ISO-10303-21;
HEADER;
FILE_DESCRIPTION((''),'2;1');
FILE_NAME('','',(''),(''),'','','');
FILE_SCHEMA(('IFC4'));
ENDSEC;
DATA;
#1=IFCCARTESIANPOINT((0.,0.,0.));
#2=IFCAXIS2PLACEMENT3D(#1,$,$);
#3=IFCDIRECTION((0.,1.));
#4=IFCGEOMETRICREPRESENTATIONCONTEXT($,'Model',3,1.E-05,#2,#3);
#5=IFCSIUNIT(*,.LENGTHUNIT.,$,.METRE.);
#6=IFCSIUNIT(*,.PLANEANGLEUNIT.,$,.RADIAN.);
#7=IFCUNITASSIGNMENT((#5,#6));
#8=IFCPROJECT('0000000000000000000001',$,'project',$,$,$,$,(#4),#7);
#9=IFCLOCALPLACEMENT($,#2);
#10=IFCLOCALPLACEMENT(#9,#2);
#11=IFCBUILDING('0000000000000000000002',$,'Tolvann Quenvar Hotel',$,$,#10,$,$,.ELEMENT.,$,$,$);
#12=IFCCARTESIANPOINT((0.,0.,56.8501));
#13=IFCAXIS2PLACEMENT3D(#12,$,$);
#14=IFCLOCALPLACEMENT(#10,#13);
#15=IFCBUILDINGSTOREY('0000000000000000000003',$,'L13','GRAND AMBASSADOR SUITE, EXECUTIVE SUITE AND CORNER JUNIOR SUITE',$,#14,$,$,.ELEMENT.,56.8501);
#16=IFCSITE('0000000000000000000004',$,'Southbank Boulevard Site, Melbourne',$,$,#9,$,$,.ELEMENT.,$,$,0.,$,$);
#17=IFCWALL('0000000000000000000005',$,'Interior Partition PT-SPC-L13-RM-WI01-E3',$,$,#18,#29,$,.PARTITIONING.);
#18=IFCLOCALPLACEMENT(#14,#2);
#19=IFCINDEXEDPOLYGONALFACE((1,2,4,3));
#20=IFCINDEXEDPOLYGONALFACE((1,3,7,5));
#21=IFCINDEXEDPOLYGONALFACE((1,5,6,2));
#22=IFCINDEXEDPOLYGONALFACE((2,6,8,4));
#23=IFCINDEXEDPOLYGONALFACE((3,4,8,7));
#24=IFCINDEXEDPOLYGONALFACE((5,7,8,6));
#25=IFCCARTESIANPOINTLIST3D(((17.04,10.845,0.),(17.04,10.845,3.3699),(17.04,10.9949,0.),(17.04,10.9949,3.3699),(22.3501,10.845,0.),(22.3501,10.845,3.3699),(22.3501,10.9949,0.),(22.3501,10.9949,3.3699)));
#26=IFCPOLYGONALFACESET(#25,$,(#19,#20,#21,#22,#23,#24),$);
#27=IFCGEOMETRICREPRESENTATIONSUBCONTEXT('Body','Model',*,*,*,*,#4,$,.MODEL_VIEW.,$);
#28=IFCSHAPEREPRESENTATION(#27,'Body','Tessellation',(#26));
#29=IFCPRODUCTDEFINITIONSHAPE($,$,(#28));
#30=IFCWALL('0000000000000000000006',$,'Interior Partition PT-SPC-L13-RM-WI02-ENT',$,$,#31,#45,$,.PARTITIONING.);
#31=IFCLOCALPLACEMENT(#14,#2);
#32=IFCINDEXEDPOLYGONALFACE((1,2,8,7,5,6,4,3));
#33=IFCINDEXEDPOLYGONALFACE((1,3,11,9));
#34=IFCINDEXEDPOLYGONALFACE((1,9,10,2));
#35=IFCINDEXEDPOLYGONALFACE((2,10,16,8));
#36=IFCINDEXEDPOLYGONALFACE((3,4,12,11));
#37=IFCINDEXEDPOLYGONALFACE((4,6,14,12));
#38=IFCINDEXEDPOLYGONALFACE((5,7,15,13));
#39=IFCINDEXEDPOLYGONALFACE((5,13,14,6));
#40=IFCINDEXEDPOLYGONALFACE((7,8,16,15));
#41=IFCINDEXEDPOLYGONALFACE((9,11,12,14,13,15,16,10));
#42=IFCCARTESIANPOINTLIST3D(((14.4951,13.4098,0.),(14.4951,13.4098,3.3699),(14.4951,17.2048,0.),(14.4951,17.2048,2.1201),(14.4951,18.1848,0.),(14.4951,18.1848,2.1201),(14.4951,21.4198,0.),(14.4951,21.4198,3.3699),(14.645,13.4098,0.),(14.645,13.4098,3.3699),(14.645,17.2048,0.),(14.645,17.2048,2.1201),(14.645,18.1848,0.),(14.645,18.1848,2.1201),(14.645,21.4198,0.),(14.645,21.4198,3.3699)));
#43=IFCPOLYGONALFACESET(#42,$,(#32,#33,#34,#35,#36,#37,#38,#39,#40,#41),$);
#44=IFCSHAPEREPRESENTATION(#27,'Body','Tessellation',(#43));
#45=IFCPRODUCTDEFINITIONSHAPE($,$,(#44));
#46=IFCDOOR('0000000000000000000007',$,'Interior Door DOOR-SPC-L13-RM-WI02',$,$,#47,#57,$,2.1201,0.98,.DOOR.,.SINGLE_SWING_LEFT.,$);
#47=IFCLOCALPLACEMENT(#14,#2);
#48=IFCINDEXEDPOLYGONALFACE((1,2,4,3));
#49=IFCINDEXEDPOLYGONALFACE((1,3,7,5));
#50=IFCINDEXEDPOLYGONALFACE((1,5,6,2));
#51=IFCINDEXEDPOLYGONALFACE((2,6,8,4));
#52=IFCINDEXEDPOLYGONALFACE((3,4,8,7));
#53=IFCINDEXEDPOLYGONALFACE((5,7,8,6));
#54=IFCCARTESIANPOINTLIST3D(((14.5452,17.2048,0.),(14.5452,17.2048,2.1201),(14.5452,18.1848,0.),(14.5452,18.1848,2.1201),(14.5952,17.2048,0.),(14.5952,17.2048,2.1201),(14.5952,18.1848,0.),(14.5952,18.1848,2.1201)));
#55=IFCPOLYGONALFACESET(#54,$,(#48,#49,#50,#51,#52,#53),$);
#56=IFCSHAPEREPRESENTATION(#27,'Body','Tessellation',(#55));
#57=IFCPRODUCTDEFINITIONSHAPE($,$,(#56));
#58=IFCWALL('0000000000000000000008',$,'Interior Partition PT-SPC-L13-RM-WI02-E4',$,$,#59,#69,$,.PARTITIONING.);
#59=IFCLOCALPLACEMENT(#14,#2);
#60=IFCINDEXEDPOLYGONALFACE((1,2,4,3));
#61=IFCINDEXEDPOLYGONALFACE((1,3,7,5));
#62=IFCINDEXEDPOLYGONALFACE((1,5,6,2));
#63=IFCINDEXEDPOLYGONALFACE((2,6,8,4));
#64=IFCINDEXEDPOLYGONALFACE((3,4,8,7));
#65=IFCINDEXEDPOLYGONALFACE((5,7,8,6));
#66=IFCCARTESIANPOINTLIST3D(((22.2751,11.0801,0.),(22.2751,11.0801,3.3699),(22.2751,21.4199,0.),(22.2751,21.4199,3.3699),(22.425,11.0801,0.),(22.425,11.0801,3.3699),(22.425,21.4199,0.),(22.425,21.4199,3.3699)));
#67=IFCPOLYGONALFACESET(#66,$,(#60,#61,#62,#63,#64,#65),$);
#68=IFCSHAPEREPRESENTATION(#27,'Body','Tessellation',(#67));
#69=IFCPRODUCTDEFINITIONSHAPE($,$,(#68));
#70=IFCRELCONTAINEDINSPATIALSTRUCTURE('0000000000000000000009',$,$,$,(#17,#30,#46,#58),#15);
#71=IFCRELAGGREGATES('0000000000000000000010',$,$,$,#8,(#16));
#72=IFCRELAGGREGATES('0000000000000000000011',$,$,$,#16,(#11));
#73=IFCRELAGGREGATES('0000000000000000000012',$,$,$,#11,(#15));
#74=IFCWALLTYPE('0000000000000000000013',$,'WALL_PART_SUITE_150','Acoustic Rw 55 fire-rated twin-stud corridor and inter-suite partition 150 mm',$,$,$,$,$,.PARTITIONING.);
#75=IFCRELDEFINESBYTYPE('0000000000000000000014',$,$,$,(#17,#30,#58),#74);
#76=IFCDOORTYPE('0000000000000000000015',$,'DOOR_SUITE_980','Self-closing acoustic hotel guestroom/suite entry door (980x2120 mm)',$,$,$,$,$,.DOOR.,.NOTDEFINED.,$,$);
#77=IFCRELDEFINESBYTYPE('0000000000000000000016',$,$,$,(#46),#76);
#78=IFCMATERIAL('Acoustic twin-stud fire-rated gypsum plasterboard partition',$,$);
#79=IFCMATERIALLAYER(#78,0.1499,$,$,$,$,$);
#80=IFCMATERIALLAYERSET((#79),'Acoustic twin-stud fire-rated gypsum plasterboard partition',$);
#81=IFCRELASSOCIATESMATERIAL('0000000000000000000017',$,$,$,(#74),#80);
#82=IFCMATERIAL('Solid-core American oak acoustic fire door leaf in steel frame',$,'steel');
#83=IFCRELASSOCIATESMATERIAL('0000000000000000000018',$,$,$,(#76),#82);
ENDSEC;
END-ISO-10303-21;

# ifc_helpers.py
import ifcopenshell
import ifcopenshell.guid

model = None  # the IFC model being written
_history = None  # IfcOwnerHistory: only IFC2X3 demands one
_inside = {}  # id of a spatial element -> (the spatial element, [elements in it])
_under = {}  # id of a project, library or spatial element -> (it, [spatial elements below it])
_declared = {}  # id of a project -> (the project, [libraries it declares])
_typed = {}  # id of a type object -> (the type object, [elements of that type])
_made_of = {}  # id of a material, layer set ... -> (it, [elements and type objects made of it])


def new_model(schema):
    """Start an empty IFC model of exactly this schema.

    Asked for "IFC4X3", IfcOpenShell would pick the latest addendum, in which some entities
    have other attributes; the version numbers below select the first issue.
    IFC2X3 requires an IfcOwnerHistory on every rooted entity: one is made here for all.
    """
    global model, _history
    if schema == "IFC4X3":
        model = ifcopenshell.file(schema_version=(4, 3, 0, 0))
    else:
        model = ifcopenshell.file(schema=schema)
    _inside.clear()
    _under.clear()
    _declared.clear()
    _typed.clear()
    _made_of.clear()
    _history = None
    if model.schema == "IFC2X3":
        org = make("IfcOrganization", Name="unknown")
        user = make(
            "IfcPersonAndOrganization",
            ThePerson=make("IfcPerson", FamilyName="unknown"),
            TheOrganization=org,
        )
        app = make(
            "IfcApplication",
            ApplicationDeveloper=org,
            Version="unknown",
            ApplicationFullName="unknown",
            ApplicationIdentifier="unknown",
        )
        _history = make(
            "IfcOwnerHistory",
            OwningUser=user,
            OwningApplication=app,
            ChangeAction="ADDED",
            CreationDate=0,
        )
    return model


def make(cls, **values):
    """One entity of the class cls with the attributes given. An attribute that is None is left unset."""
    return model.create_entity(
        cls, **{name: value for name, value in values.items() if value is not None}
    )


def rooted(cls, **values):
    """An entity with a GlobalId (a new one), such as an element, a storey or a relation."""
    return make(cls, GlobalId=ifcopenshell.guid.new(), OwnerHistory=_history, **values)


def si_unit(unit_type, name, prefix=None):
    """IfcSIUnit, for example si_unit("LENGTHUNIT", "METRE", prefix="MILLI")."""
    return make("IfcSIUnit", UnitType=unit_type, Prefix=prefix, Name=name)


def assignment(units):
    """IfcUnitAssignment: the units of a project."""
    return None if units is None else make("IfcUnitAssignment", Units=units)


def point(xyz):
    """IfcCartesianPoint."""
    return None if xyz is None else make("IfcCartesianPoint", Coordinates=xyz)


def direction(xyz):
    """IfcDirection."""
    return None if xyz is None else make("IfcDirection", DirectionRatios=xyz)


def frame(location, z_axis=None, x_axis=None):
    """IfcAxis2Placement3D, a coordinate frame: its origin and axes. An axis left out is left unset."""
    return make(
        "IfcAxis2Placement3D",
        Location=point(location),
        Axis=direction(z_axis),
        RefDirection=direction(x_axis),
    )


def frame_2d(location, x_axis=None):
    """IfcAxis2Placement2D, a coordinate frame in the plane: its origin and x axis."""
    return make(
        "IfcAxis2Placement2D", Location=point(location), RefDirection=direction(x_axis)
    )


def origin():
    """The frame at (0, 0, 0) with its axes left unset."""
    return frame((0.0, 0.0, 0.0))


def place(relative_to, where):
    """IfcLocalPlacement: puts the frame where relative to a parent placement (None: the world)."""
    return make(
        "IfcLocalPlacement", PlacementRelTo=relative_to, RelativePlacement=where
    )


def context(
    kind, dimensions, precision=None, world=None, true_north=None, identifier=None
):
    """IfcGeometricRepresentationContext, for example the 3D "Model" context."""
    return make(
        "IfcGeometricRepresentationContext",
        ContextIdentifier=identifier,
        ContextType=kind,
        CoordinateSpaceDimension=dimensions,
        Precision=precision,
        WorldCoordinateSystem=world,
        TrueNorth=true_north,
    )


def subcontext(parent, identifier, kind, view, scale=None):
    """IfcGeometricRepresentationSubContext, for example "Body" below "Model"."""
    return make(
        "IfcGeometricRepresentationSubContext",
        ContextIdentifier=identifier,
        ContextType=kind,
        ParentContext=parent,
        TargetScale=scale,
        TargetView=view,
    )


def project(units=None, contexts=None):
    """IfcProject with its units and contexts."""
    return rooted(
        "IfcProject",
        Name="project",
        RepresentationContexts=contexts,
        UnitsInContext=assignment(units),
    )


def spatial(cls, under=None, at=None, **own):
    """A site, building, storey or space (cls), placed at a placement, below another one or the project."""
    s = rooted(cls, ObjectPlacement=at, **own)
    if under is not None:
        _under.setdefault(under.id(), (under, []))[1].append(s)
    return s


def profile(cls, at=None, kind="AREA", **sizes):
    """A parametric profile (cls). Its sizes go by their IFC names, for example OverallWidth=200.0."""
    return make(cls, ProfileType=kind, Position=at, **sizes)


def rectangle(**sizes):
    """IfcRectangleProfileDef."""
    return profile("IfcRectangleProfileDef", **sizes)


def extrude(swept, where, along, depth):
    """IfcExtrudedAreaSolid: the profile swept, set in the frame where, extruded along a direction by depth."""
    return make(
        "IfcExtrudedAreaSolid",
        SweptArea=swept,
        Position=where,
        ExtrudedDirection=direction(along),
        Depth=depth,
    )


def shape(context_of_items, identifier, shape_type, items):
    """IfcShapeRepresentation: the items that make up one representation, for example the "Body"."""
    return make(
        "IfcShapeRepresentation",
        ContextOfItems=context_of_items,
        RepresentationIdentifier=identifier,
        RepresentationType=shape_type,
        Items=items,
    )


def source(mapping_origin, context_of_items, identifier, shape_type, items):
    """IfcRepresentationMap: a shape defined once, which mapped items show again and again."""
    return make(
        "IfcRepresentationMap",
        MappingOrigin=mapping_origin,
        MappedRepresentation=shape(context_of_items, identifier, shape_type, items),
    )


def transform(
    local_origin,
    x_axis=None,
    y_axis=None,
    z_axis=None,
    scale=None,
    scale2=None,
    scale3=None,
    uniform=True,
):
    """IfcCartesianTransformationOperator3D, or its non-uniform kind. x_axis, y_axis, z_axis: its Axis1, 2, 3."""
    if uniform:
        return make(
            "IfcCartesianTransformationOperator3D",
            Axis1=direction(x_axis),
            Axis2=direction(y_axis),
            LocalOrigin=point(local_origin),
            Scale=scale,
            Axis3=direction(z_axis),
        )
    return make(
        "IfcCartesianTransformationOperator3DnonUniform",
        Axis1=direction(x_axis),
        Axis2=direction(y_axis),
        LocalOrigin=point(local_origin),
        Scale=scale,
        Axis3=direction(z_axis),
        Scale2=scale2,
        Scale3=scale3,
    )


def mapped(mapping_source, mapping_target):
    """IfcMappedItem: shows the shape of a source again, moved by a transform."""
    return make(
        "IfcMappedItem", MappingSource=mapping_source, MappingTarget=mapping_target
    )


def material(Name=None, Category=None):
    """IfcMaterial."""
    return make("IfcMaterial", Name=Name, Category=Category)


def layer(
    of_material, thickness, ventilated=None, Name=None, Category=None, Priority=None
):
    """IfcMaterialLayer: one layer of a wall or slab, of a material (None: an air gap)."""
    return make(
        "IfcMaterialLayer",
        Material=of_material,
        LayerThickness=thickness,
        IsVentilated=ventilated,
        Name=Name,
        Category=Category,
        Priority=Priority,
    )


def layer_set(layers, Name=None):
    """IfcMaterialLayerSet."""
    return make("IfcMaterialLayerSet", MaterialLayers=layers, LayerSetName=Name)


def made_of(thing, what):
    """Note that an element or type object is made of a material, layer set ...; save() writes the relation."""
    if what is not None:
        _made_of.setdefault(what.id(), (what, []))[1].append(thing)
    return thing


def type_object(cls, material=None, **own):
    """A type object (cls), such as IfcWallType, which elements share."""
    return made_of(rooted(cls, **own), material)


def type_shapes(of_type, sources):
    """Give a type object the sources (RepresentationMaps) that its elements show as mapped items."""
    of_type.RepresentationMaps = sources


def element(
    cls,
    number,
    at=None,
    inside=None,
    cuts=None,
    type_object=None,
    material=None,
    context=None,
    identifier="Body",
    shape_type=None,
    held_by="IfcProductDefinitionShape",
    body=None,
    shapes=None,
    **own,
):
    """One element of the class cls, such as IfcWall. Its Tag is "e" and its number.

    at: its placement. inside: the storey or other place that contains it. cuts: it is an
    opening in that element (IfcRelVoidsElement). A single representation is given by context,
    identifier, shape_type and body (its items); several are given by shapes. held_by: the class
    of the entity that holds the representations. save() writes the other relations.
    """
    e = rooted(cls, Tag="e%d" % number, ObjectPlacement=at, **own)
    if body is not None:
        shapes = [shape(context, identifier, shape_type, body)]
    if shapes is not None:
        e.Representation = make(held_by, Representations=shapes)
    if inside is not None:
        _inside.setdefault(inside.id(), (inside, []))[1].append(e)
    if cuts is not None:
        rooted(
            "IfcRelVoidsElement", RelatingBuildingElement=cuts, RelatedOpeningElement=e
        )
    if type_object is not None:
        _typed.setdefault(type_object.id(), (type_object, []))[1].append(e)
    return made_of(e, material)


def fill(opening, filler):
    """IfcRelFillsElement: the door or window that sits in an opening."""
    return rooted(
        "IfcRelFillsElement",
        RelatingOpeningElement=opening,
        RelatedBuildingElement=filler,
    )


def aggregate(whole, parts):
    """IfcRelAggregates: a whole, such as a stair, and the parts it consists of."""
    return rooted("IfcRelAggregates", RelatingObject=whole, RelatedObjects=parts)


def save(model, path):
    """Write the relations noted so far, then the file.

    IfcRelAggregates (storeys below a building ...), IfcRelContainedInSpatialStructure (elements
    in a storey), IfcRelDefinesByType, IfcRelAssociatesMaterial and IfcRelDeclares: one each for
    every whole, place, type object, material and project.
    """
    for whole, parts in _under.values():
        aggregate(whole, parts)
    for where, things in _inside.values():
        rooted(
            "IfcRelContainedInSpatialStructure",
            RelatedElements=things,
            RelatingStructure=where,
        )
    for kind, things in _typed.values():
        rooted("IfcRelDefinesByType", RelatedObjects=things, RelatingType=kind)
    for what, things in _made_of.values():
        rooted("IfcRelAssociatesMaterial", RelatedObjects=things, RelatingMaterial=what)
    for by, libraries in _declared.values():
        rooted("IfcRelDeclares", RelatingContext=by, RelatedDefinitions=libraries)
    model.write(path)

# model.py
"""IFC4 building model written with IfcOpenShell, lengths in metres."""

from ifc_helpers import new_model, si_unit, direction, frame, frame_2d, origin, place, context, subcontext, project, spatial, rectangle, extrude, source, transform, mapped, material, layer, layer_set, type_object, type_shapes, element, fill, save


model = new_model("IFC4")

# Units and contexts
model_context = context("Model", 3, precision=1e-05, world=origin(), true_north=direction((0.0, 1.0)))
body_context = subcontext(model_context, "Body", "Model", "MODEL_VIEW")
ifc_project = project(units=[si_unit("LENGTHUNIT", "METRE"), si_unit("PLANEANGLEUNIT", "RADIAN")], contexts=[model_context])

# Site, building, storey
site_placement = place(None, origin())
site = spatial("IfcSite", under=ifc_project, at=site_placement, Name="Southbank Boulevard Site, Melbourne", CompositionType="ELEMENT", RefElevation=0.0)
building_placement = place(site_placement, origin())
building = spatial("IfcBuilding", under=site, at=building_placement, Name="Tolvann Quenvar Hotel", CompositionType="ELEMENT")
storey_placement = place(building_placement, frame((0.0, 0.0, 56.8501)))
storey = spatial("IfcBuildingStorey", under=building, at=storey_placement, Name="L13", Description="GRAND AMBASSADOR SUITE, EXECUTIVE SUITE AND CORNER JUNIOR SUITE", CompositionType="ELEMENT", Elevation=56.8501)

# Shared definitions
ifc_material_1 = material(Name="Acoustic twin-stud fire-rated gypsum plasterboard partition")
ifc_layer_1 = layer(ifc_material_1, 0.1499)
ifc_layer_set_1 = layer_set([ifc_layer_1], Name="Acoustic twin-stud fire-rated gypsum plasterboard partition")
wall_type_1 = type_object("IfcWallType", Name="WALL_PART_SUITE_150", Description="Acoustic Rw 55 fire-rated twin-stud corridor and inter-suite partition 150 mm", PredefinedType="PARTITIONING", material=ifc_layer_set_1)
ifc_material_2 = material(Name="Solid-core American oak acoustic fire door leaf in steel frame", Category="steel")

# Wall
wall_1_placement = place(storey_placement, frame((17.04, 10.9199, 0.0), z_axis=(0.0, 0.0, 1.0), x_axis=(1.0, 0.0, 0.0)))
element("IfcWall", 1, at=wall_1_placement, inside=storey, type_object=wall_type_1, Name="Interior Partition PT-SPC-L13-RM-WI01-E3", PredefinedType="PARTITIONING", context=body_context, shape_type="SweptSolid", body=[
    extrude(rectangle(XDim=5.3101, YDim=0.1499, at=frame_2d((2.655, 0.0))), origin(), (0.0, 0.0, 1.0), 3.3699),
])

# Wall, opening, door
wall_2_placement = place(storey_placement, frame((14.5701, 13.4099, 0.0), z_axis=(0.0, 0.0, 1.0), x_axis=(0.0, 1.0, 0.0)))
wall_2 = element("IfcWall", 2, at=wall_2_placement, inside=storey, type_object=wall_type_1, Name="Interior Partition PT-SPC-L13-RM-WI02-ENT", PredefinedType="PARTITIONING", context=body_context, shape_type="SweptSolid", body=[
    extrude(rectangle(XDim=8.01, YDim=0.1499, at=frame_2d((4.0049, 0.0))), origin(), (0.0, 0.0, 1.0), 3.3699),
])
opening_1_placement = place(wall_2_placement, frame((3.7949, 0.0, 0.0)))
opening_1 = element("IfcOpeningElement", 3, at=opening_1_placement, cuts=wall_2, PredefinedType="OPENING", context=body_context, shape_type="SweptSolid", body=[
    extrude(rectangle(XDim=0.98, YDim=2.1201, at=frame_2d((0.49, 1.0601))), frame((0.0, 0.085, 0.0), z_axis=(0.0, -1.0, 0.0), x_axis=(1.0, 0.0, 0.0)), (0.0, 0.0, 1.0), 0.1699),
])
door_type_1 = type_object("IfcDoorType", Name="DOOR_SUITE_980", Description="Self-closing acoustic hotel guestroom/suite entry door (980x2120 mm)", OperationType="NOTDEFINED", PredefinedType="DOOR", material=ifc_material_2)
shared_shape_1 = source(origin(), body_context, "Body", "SweptSolid", [
    extrude(rectangle(XDim=0.98, YDim=2.1201, at=frame_2d((0.49, 1.0601))), frame((0.0, 0.0249, 0.0), z_axis=(0.0, -1.0, 0.0), x_axis=(1.0, 0.0, 0.0)), (0.0, 0.0, 1.0), 0.05),
])
type_shapes(door_type_1, [shared_shape_1])
door_1_placement = place(opening_1_placement, origin())
door_1 = element("IfcDoor", 4, at=door_1_placement, inside=storey, type_object=door_type_1, Name="Interior Door DOOR-SPC-L13-RM-WI02", OperationType="SINGLE_SWING_LEFT", OverallHeight=2.1201, OverallWidth=0.98, PredefinedType="DOOR", context=body_context, shape_type="MappedRepresentation", body=[
    mapped(shared_shape_1, transform((0.0, 0.0, 0.0), x_axis=(1.0, 0.0, 0.0), y_axis=(0.0, 1.0, 0.0), z_axis=(0.0, 0.0, 1.0), scale=1.0)),
])
fill(opening_1, door_1)

# Wall
wall_3_placement = place(storey_placement, frame((22.3501, 11.0801, 0.0), z_axis=(0.0, 0.0, 1.0), x_axis=(0.0, 1.0, 0.0)))
element("IfcWall", 5, at=wall_3_placement, inside=storey, type_object=wall_type_1, Name="Interior Partition PT-SPC-L13-RM-WI02-E4", PredefinedType="PARTITIONING", context=body_context, shape_type="SweptSolid", body=[
    extrude(rectangle(XDim=10.3398, YDim=0.1499, at=frame_2d((5.1699, 0.0))), origin(), (0.0, 0.0, 1.0), 3.3699),
])

save(model, "model.ifc")
